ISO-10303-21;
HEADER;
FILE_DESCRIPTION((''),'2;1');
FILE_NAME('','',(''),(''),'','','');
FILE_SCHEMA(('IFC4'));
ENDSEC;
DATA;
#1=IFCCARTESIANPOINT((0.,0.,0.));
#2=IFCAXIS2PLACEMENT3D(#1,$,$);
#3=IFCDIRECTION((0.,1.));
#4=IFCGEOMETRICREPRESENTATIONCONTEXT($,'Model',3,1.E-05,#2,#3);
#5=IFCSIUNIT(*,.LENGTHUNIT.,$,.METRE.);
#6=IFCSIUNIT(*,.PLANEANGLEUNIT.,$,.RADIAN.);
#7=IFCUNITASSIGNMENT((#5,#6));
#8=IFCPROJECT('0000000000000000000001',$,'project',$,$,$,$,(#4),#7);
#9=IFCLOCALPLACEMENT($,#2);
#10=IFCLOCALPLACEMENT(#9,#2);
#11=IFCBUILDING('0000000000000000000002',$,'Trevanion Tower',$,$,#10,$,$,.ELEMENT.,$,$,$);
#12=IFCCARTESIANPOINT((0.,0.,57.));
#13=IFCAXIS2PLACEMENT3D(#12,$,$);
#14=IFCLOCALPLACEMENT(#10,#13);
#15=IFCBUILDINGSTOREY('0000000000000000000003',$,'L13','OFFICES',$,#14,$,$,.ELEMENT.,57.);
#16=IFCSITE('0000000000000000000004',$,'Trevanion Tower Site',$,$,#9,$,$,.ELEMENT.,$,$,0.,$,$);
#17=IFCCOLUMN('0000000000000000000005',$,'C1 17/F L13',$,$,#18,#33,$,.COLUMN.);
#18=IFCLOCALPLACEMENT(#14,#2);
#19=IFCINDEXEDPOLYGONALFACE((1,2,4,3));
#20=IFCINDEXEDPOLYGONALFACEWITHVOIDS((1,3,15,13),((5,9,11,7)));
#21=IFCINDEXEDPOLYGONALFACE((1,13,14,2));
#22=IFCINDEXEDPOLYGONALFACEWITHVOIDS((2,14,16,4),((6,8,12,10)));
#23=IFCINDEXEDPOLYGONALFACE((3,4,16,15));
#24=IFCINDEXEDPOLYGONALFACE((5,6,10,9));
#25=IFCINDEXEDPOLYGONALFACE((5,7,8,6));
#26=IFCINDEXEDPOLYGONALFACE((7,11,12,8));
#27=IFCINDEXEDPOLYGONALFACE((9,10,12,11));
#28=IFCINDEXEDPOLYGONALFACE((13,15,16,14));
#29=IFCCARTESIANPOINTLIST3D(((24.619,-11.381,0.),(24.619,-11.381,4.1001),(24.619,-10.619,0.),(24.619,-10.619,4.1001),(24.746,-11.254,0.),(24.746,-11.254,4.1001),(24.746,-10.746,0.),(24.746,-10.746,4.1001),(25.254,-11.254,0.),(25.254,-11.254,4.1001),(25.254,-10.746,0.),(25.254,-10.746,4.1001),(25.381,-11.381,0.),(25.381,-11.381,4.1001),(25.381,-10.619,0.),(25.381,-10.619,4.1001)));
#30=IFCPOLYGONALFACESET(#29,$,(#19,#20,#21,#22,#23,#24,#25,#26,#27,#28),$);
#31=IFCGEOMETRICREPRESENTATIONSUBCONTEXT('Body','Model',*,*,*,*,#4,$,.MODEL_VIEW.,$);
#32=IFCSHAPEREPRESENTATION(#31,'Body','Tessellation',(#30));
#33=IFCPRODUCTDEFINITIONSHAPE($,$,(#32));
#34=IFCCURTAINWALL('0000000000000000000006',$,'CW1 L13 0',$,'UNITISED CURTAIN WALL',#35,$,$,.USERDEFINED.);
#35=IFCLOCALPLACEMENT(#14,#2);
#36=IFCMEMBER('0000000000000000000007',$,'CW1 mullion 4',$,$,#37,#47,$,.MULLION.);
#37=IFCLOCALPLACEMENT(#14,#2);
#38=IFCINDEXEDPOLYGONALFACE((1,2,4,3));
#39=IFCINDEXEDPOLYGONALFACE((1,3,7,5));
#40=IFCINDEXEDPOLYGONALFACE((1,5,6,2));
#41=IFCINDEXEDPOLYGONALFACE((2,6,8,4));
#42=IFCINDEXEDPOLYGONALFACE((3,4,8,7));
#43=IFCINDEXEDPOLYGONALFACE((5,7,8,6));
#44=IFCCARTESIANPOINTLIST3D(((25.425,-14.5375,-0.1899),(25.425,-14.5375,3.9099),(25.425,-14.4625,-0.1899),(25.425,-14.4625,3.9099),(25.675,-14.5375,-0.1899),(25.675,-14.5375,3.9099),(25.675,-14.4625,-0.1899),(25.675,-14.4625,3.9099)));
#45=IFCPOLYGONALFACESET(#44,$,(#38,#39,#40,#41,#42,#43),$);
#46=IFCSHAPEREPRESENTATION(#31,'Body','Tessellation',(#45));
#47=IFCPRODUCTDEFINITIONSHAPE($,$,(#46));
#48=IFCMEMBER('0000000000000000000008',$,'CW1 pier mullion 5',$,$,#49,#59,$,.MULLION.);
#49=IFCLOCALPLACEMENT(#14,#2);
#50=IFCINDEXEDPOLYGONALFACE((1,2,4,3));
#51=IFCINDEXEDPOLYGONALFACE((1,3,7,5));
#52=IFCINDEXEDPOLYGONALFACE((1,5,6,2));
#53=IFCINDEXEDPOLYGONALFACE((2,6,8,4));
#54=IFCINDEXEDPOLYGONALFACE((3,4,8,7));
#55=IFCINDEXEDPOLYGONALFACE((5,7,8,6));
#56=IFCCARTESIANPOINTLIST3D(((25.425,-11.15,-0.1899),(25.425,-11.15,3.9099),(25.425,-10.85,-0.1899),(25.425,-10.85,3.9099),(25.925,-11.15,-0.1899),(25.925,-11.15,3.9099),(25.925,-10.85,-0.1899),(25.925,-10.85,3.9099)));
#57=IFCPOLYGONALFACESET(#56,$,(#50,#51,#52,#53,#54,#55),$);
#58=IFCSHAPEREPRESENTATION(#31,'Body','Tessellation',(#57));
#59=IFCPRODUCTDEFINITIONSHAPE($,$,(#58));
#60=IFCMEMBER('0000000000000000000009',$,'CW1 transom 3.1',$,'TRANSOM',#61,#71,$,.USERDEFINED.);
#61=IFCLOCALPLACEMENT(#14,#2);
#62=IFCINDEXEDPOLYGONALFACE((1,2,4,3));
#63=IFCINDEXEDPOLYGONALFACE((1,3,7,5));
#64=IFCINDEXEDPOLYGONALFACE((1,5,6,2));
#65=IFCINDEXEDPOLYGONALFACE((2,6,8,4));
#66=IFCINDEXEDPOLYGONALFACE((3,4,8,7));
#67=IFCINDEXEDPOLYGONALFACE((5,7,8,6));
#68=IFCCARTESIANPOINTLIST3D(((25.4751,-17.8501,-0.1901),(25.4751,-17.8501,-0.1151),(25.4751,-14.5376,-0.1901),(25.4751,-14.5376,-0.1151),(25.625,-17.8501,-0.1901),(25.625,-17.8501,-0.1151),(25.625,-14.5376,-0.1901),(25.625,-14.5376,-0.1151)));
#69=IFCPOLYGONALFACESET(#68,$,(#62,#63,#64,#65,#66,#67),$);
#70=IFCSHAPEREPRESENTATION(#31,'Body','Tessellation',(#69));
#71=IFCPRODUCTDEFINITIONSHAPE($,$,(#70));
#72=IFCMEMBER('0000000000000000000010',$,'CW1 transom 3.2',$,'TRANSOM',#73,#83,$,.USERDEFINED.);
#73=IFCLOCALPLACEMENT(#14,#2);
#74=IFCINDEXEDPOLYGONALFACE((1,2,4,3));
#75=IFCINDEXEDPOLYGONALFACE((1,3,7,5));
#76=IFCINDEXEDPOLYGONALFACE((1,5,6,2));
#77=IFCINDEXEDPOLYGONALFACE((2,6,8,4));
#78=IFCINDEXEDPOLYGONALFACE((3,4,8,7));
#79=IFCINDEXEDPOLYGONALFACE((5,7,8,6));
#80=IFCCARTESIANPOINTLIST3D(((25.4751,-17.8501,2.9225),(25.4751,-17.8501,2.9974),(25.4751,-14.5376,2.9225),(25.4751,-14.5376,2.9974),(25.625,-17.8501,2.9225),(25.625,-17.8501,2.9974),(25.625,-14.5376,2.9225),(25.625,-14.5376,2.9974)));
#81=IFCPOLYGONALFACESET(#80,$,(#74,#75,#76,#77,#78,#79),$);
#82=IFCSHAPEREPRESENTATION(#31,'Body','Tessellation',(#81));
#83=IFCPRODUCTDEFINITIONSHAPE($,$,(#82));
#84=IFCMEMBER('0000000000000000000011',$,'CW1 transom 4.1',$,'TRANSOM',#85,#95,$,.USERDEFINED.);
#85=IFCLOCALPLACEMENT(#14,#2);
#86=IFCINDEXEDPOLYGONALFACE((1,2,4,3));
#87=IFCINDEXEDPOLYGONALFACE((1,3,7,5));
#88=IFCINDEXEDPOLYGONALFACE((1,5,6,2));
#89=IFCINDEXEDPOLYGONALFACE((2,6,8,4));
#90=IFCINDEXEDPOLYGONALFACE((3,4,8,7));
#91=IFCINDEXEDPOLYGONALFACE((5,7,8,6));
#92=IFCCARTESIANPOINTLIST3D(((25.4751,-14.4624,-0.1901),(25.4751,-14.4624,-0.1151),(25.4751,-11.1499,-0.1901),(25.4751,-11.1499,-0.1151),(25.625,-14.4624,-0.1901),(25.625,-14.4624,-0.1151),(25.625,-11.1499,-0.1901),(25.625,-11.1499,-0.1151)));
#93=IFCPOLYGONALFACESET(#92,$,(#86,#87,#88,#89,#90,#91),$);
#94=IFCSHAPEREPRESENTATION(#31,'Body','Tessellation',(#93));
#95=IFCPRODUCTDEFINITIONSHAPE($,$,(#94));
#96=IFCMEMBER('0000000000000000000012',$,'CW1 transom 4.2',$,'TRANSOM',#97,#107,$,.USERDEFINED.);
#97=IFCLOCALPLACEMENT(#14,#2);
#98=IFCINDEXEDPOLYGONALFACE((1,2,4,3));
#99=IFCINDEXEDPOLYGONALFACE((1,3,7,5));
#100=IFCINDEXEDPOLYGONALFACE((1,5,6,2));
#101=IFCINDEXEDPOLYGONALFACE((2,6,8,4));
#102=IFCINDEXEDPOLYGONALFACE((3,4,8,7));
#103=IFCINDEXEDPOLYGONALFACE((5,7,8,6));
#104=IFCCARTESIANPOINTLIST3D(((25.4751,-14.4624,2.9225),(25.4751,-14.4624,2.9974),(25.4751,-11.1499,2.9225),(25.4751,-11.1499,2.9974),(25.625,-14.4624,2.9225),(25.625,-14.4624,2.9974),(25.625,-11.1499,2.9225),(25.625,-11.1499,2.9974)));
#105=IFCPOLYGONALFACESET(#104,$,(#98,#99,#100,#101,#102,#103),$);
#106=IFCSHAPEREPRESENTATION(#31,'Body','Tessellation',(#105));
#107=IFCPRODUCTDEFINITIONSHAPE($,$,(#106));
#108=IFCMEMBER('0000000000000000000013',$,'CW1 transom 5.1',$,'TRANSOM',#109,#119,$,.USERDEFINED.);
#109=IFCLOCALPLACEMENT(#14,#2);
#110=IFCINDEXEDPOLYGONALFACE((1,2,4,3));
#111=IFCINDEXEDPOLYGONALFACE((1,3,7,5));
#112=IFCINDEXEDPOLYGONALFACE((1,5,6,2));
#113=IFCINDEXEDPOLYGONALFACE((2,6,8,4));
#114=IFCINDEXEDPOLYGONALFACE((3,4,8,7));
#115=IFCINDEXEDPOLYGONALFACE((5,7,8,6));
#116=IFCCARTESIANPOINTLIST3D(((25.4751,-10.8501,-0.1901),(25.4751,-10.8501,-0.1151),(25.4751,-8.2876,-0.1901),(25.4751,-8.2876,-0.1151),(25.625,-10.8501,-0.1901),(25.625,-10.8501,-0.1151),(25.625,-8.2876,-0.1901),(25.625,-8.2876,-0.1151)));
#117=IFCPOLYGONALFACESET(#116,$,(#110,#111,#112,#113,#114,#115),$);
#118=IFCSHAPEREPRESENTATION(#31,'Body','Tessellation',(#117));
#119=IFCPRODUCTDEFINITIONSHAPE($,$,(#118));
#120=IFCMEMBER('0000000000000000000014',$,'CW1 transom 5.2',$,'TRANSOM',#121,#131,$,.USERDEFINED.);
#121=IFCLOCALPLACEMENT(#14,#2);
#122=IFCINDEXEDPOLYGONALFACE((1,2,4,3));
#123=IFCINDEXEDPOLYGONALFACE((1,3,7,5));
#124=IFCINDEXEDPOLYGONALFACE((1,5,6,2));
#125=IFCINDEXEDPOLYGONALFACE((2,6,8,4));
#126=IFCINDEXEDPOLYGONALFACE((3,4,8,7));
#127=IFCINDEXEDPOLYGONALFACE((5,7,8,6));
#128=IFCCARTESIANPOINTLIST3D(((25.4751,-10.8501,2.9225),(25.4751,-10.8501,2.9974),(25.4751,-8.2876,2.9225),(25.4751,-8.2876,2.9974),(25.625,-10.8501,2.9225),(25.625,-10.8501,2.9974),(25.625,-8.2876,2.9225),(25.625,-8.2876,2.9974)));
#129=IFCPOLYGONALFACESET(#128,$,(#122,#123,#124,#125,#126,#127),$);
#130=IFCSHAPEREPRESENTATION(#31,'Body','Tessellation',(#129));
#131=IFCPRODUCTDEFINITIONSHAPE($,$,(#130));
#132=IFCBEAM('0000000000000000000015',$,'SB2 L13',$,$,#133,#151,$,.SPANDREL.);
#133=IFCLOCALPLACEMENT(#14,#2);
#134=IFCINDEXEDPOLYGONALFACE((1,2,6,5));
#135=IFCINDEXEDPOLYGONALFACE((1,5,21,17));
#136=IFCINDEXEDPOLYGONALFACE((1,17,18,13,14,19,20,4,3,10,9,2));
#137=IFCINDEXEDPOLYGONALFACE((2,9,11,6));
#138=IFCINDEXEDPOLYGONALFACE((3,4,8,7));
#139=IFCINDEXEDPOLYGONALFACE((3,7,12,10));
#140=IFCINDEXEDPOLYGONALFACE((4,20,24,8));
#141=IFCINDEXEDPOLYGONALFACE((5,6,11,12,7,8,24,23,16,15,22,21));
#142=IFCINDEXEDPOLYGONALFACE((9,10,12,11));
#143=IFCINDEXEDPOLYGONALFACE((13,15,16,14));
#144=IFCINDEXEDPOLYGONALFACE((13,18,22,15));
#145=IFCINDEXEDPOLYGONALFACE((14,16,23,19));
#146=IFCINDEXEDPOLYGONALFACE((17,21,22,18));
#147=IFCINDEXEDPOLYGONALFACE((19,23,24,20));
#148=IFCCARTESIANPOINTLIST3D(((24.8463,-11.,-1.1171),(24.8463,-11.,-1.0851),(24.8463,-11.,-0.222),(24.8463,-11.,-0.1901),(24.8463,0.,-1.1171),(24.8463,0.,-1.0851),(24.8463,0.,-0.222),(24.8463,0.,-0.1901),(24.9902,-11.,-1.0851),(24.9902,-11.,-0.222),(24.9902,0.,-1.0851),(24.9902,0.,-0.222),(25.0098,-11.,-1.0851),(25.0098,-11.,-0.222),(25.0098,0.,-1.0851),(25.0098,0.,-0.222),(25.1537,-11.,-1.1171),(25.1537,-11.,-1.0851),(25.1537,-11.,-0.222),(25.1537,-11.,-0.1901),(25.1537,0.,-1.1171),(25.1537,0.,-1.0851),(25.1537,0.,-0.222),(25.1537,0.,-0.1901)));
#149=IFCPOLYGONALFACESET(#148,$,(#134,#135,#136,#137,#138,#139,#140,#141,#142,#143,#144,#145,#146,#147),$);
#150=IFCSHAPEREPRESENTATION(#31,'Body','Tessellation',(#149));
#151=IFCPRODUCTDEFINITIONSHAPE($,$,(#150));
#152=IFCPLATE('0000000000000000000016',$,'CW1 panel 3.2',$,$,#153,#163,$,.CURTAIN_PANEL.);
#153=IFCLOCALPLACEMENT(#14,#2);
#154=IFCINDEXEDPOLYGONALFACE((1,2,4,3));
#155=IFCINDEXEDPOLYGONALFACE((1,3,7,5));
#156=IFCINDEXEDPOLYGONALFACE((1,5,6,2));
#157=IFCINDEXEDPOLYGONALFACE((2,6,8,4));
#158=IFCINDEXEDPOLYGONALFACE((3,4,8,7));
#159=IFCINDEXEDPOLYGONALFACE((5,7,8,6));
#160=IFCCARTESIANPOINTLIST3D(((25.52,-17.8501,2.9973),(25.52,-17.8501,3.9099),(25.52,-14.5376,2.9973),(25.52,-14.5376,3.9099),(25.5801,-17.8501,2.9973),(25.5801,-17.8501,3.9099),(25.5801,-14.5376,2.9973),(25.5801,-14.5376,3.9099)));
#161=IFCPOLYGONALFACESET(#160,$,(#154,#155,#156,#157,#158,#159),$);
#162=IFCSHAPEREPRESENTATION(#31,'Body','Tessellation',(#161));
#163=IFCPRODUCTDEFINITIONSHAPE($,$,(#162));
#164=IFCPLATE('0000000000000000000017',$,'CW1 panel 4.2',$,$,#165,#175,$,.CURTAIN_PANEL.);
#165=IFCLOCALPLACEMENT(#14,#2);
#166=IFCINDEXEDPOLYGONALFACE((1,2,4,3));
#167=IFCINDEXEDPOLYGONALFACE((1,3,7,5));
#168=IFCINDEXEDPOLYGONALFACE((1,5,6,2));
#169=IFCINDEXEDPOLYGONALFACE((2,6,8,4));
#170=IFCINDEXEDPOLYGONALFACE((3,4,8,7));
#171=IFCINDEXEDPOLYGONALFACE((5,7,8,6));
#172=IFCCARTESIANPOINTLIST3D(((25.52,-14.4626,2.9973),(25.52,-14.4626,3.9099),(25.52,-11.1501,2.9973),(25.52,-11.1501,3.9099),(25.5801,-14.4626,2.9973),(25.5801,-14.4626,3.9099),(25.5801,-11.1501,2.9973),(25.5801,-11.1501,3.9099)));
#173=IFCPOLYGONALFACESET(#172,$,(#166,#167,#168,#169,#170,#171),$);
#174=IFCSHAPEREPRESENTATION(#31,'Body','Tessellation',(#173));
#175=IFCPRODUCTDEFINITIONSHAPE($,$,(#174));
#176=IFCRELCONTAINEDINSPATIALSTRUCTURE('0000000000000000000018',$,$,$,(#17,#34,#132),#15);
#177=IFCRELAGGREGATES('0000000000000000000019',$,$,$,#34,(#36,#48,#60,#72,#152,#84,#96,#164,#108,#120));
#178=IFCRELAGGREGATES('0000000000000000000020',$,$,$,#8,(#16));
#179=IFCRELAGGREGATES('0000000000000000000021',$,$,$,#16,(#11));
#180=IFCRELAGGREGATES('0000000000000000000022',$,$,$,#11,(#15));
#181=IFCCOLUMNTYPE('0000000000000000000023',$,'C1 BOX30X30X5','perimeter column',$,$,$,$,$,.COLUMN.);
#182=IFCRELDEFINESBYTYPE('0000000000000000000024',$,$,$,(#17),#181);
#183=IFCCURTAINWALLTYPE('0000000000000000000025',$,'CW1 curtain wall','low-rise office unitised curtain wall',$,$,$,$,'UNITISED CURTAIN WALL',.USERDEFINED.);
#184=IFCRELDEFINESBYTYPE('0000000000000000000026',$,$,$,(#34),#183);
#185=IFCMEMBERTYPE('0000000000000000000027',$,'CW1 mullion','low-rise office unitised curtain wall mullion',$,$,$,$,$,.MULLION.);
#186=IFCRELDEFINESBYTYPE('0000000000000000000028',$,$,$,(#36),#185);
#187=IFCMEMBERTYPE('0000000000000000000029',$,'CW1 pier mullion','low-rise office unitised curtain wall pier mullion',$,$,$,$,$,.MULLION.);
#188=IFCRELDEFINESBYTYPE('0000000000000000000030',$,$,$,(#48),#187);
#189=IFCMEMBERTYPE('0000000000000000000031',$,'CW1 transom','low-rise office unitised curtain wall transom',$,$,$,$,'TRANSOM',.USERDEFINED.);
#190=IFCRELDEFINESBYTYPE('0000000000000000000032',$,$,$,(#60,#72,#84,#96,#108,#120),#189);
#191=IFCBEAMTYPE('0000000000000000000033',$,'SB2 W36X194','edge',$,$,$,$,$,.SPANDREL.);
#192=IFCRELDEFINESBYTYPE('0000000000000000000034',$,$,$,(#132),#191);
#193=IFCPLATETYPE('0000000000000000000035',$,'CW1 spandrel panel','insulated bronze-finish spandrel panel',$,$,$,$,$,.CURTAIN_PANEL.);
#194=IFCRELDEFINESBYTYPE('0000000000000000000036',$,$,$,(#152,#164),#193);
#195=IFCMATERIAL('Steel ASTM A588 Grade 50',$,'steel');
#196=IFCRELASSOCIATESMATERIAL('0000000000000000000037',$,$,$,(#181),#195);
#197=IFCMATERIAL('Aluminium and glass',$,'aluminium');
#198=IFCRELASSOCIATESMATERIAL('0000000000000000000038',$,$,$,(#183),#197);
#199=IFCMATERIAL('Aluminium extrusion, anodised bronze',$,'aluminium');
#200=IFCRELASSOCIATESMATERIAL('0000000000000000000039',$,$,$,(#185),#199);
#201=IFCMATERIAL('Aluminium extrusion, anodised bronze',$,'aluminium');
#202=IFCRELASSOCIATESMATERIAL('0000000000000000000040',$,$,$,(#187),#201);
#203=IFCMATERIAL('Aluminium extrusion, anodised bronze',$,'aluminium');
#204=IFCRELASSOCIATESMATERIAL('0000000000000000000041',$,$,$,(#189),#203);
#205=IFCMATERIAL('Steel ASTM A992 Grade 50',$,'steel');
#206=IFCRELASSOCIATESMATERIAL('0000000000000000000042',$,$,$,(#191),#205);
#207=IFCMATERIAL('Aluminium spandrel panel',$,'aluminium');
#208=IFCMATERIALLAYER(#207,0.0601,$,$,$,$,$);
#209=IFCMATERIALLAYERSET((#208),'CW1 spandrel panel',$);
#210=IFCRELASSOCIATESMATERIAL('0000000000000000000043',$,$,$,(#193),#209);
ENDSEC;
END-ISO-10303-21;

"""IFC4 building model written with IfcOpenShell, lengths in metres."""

from ifc_helpers import new_model, si_unit, direction, frame, origin, origin_2d, place, context, subcontext, project, spatial, rectangle, hollow_rectangle, i_section, extrude, material, layer, layer_set, material_profile, profile_set, type_object, element, aggregate, save


model = new_model("IFC4")

# Units and contexts
model_context = context("Model", 3, precision=1e-05, world=origin(), true_north=direction((0.0, 1.0)))
body_context = subcontext(model_context, "Body", "Model", "MODEL_VIEW")
ifc_project = project(units=[si_unit("LENGTHUNIT", "METRE"), si_unit("PLANEANGLEUNIT", "RADIAN")], contexts=[model_context])

# Site, building, storey
site_placement = place(None, origin())
site = spatial("IfcSite", under=ifc_project, at=site_placement, Name="Trevanion Tower Site", CompositionType="ELEMENT", RefElevation=0.0)
building_placement = place(site_placement, origin())
building = spatial("IfcBuilding", under=site, at=building_placement, Name="Trevanion Tower", CompositionType="ELEMENT")
storey_placement = place(building_placement, frame((0.0, 0.0, 57.0)))
storey = spatial("IfcBuildingStorey", under=building, at=storey_placement, Name="L13", Description="OFFICES", CompositionType="ELEMENT", Elevation=57.0)

# Column
ifc_material_1 = material(Name="Steel ASTM A588 Grade 50", Category="steel")
ifc_material_profile_1 = material_profile(ifc_material_1, hollow_rectangle(XDim=0.762, YDim=0.762, WallThickness=0.127, at=origin_2d()), Name="BOX30X30X5")
ifc_profile_set_1 = profile_set([ifc_material_profile_1], Name="Steel ASTM A588 Grade 50")
column_type = type_object("IfcColumnType", Name="C1 BOX30X30X5", Description="perimeter column", PredefinedType="COLUMN", material=ifc_profile_set_1)
column_placement = place(storey_placement, frame((25.0, -11.0, 0.0), z_axis=(0.0, 0.0, 1.0), x_axis=(0.0, 1.0, 0.0)))
element("IfcColumn", 1, at=column_placement, inside=storey, type_object=column_type, Name="C1 17/F L13", PredefinedType="COLUMN", context=body_context, shape_type="SweptSolid", body=[
    extrude(hollow_rectangle(XDim=0.762, YDim=0.762, WallThickness=0.127, at=origin_2d()), origin(), (0.0, 0.0, 1.0), 4.1001),
])

# Curtain wall, members
ifc_material_2 = material(Name="Aluminium and glass", Category="aluminium")
curtain_wall_type = type_object("IfcCurtainWallType", Name="CW1 curtain wall", Description="low-rise office unitised curtain wall", ElementType="UNITISED CURTAIN WALL", PredefinedType="USERDEFINED", material=ifc_material_2)
curtain_wall_placement = place(storey_placement, origin())
curtain_wall = element("IfcCurtainWall", 2, at=curtain_wall_placement, inside=storey, type_object=curtain_wall_type, Name="CW1 L13 0", ObjectType="UNITISED CURTAIN WALL", PredefinedType="USERDEFINED")
ifc_material_3 = material(Name="Aluminium extrusion, anodised bronze", Category="aluminium")
ifc_material_profile_2 = material_profile(ifc_material_3, rectangle(XDim=0.075, YDim=0.25, at=origin_2d()), Name="CW1 mullion")
ifc_profile_set_2 = profile_set([ifc_material_profile_2], Name="Aluminium extrusion, anodised bronze")
member_type_1 = type_object("IfcMemberType", Name="CW1 mullion", Description="low-rise office unitised curtain wall mullion", PredefinedType="MULLION", material=ifc_profile_set_2)
member_1_placement = place(storey_placement, frame((25.55, -14.5, -0.1899), z_axis=(0.0, 0.0, 1.0), x_axis=(0.0, 1.0, 0.0)))
member_1 = element("IfcMember", 3, at=member_1_placement, type_object=member_type_1, Name="CW1 mullion 4", PredefinedType="MULLION", context=body_context, shape_type="SweptSolid", body=[
    extrude(rectangle(XDim=0.075, YDim=0.25, at=origin_2d()), origin(), (0.0, 0.0, 1.0), 4.0999),
])
ifc_material_4 = material(Name="Aluminium extrusion, anodised bronze", Category="aluminium")
ifc_material_profile_3 = material_profile(ifc_material_4, rectangle(XDim=0.3, YDim=0.5, at=origin_2d()), Name="CW1 pier mullion")
ifc_profile_set_3 = profile_set([ifc_material_profile_3], Name="Aluminium extrusion, anodised bronze")
member_type_2 = type_object("IfcMemberType", Name="CW1 pier mullion", Description="low-rise office unitised curtain wall pier mullion", PredefinedType="MULLION", material=ifc_profile_set_3)
member_2_placement = place(storey_placement, frame((25.675, -11.0, -0.1899), z_axis=(0.0, 0.0, 1.0), x_axis=(0.0, 1.0, 0.0)))
member_2 = element("IfcMember", 4, at=member_2_placement, type_object=member_type_2, Name="CW1 pier mullion 5", PredefinedType="MULLION", context=body_context, shape_type="SweptSolid", body=[
    extrude(rectangle(XDim=0.3, YDim=0.5, at=origin_2d()), origin(), (0.0, 0.0, 1.0), 4.0999),
])
ifc_material_5 = material(Name="Aluminium extrusion, anodised bronze", Category="aluminium")
ifc_material_profile_4 = material_profile(ifc_material_5, rectangle(XDim=0.1499, YDim=0.075, at=origin_2d()), Name="CW1 transom")
ifc_profile_set_4 = profile_set([ifc_material_profile_4], Name="Aluminium extrusion, anodised bronze")
member_type_3 = type_object("IfcMemberType", Name="CW1 transom", Description="low-rise office unitised curtain wall transom", ElementType="TRANSOM", PredefinedType="USERDEFINED", material=ifc_profile_set_4)
member_3_placement = place(storey_placement, frame((25.55, -17.8501, -0.1526), z_axis=(0.0, 1.0, 0.0), x_axis=(-1.0, 0.0, 0.0)))
member_3 = element("IfcMember", 5, at=member_3_placement, type_object=member_type_3, Name="CW1 transom 3.1", ObjectType="TRANSOM", PredefinedType="USERDEFINED", context=body_context, shape_type="SweptSolid", body=[
    extrude(rectangle(XDim=0.1499, YDim=0.075, at=origin_2d()), origin(), (0.0, 0.0, 1.0), 3.3125),
])
member_4_placement = place(storey_placement, frame((25.55, -17.8501, 2.96), z_axis=(0.0, 1.0, 0.0), x_axis=(-1.0, 0.0, 0.0)))
member_4 = element("IfcMember", 6, at=member_4_placement, type_object=member_type_3, Name="CW1 transom 3.2", ObjectType="TRANSOM", PredefinedType="USERDEFINED", context=body_context, shape_type="SweptSolid", body=[
    extrude(rectangle(XDim=0.1499, YDim=0.075, at=origin_2d()), origin(), (0.0, 0.0, 1.0), 3.3125),
])
member_5_placement = place(storey_placement, frame((25.55, -14.4624, -0.1526), z_axis=(0.0, 1.0, 0.0), x_axis=(-1.0, 0.0, 0.0)))
member_5 = element("IfcMember", 7, at=member_5_placement, type_object=member_type_3, Name="CW1 transom 4.1", ObjectType="TRANSOM", PredefinedType="USERDEFINED", context=body_context, shape_type="SweptSolid", body=[
    extrude(rectangle(XDim=0.1499, YDim=0.075, at=origin_2d()), origin(), (0.0, 0.0, 1.0), 3.3125),
])
member_6_placement = place(storey_placement, frame((25.55, -14.4624, 2.96), z_axis=(0.0, 1.0, 0.0), x_axis=(-1.0, 0.0, 0.0)))
member_6 = element("IfcMember", 8, at=member_6_placement, type_object=member_type_3, Name="CW1 transom 4.2", ObjectType="TRANSOM", PredefinedType="USERDEFINED", context=body_context, shape_type="SweptSolid", body=[
    extrude(rectangle(XDim=0.1499, YDim=0.075, at=origin_2d()), origin(), (0.0, 0.0, 1.0), 3.3125),
])
member_7_placement = place(storey_placement, frame((25.55, -10.8501, -0.1526), z_axis=(0.0, 1.0, 0.0), x_axis=(-1.0, 0.0, 0.0)))
member_7 = element("IfcMember", 9, at=member_7_placement, type_object=member_type_3, Name="CW1 transom 5.1", ObjectType="TRANSOM", PredefinedType="USERDEFINED", context=body_context, shape_type="SweptSolid", body=[
    extrude(rectangle(XDim=0.1499, YDim=0.075, at=origin_2d()), origin(), (0.0, 0.0, 1.0), 2.5625),
])
member_8_placement = place(storey_placement, frame((25.55, -10.8501, 2.96), z_axis=(0.0, 1.0, 0.0), x_axis=(-1.0, 0.0, 0.0)))
member_8 = element("IfcMember", 10, at=member_8_placement, type_object=member_type_3, Name="CW1 transom 5.2", ObjectType="TRANSOM", PredefinedType="USERDEFINED", context=body_context, shape_type="SweptSolid", body=[
    extrude(rectangle(XDim=0.1499, YDim=0.075, at=origin_2d()), origin(), (0.0, 0.0, 1.0), 2.5625),
])

# Beam
ifc_material_6 = material(Name="Steel ASTM A992 Grade 50", Category="steel")
ifc_material_profile_5 = material_profile(ifc_material_6, i_section(OverallWidth=0.3074, OverallDepth=0.927, WebThickness=0.0195, FlangeThickness=0.032, at=origin_2d()), Name="W36X194")
ifc_profile_set_5 = profile_set([ifc_material_profile_5], Name="Steel ASTM A992 Grade 50")
beam_type = type_object("IfcBeamType", Name="SB2 W36X194", Description="edge", PredefinedType="SPANDREL", material=ifc_profile_set_5)
beam_placement = place(storey_placement, frame((25.0, -11.0, -0.6536), z_axis=(0.0, 1.0, 0.0), x_axis=(-1.0, 0.0, 0.0)))
element("IfcBeam", 11, at=beam_placement, inside=storey, type_object=beam_type, Name="SB2 L13", PredefinedType="SPANDREL", context=body_context, shape_type="SweptSolid", body=[
    extrude(i_section(OverallWidth=0.3074, OverallDepth=0.927, WebThickness=0.0195, FlangeThickness=0.032, at=origin_2d()), origin(), (0.0, 0.0, 1.0), 11.0),
])

# Plates
ifc_material_7 = material(Name="Aluminium spandrel panel", Category="aluminium")
ifc_layer_1 = layer(ifc_material_7, 0.0601)
ifc_layer_set_1 = layer_set([ifc_layer_1], Name="CW1 spandrel panel")
plate_type_1 = type_object("IfcPlateType", Name="CW1 spandrel panel", Description="insulated bronze-finish spandrel panel", PredefinedType="CURTAIN_PANEL", material=ifc_layer_set_1)
plate_1_placement = place(storey_placement, frame((25.55, -16.1938, 2.9973), z_axis=(0.0, 0.0, 1.0), x_axis=(0.0, 1.0, 0.0)))
plate_1 = element("IfcPlate", 12, at=plate_1_placement, type_object=plate_type_1, Name="CW1 panel 3.2", PredefinedType="CURTAIN_PANEL", context=body_context, shape_type="SweptSolid", body=[
    extrude(rectangle(XDim=3.3125, YDim=0.0601, at=origin_2d()), origin(), (0.0, 0.0, 1.0), 0.9126),
])
plate_2_placement = place(storey_placement, frame((25.55, -12.8064, 2.9973), z_axis=(0.0, 0.0, 1.0), x_axis=(0.0, 1.0, 0.0)))
plate_2 = element("IfcPlate", 13, at=plate_2_placement, type_object=plate_type_1, Name="CW1 panel 4.2", PredefinedType="CURTAIN_PANEL", context=body_context, shape_type="SweptSolid", body=[
    extrude(rectangle(XDim=3.3125, YDim=0.0601, at=origin_2d()), origin(), (0.0, 0.0, 1.0), 0.9126),
])
aggregate(curtain_wall, [member_1, member_2, member_3, member_4, plate_1, member_5, member_6, plate_2, member_7, member_8])

save(model, "model.ifc")
